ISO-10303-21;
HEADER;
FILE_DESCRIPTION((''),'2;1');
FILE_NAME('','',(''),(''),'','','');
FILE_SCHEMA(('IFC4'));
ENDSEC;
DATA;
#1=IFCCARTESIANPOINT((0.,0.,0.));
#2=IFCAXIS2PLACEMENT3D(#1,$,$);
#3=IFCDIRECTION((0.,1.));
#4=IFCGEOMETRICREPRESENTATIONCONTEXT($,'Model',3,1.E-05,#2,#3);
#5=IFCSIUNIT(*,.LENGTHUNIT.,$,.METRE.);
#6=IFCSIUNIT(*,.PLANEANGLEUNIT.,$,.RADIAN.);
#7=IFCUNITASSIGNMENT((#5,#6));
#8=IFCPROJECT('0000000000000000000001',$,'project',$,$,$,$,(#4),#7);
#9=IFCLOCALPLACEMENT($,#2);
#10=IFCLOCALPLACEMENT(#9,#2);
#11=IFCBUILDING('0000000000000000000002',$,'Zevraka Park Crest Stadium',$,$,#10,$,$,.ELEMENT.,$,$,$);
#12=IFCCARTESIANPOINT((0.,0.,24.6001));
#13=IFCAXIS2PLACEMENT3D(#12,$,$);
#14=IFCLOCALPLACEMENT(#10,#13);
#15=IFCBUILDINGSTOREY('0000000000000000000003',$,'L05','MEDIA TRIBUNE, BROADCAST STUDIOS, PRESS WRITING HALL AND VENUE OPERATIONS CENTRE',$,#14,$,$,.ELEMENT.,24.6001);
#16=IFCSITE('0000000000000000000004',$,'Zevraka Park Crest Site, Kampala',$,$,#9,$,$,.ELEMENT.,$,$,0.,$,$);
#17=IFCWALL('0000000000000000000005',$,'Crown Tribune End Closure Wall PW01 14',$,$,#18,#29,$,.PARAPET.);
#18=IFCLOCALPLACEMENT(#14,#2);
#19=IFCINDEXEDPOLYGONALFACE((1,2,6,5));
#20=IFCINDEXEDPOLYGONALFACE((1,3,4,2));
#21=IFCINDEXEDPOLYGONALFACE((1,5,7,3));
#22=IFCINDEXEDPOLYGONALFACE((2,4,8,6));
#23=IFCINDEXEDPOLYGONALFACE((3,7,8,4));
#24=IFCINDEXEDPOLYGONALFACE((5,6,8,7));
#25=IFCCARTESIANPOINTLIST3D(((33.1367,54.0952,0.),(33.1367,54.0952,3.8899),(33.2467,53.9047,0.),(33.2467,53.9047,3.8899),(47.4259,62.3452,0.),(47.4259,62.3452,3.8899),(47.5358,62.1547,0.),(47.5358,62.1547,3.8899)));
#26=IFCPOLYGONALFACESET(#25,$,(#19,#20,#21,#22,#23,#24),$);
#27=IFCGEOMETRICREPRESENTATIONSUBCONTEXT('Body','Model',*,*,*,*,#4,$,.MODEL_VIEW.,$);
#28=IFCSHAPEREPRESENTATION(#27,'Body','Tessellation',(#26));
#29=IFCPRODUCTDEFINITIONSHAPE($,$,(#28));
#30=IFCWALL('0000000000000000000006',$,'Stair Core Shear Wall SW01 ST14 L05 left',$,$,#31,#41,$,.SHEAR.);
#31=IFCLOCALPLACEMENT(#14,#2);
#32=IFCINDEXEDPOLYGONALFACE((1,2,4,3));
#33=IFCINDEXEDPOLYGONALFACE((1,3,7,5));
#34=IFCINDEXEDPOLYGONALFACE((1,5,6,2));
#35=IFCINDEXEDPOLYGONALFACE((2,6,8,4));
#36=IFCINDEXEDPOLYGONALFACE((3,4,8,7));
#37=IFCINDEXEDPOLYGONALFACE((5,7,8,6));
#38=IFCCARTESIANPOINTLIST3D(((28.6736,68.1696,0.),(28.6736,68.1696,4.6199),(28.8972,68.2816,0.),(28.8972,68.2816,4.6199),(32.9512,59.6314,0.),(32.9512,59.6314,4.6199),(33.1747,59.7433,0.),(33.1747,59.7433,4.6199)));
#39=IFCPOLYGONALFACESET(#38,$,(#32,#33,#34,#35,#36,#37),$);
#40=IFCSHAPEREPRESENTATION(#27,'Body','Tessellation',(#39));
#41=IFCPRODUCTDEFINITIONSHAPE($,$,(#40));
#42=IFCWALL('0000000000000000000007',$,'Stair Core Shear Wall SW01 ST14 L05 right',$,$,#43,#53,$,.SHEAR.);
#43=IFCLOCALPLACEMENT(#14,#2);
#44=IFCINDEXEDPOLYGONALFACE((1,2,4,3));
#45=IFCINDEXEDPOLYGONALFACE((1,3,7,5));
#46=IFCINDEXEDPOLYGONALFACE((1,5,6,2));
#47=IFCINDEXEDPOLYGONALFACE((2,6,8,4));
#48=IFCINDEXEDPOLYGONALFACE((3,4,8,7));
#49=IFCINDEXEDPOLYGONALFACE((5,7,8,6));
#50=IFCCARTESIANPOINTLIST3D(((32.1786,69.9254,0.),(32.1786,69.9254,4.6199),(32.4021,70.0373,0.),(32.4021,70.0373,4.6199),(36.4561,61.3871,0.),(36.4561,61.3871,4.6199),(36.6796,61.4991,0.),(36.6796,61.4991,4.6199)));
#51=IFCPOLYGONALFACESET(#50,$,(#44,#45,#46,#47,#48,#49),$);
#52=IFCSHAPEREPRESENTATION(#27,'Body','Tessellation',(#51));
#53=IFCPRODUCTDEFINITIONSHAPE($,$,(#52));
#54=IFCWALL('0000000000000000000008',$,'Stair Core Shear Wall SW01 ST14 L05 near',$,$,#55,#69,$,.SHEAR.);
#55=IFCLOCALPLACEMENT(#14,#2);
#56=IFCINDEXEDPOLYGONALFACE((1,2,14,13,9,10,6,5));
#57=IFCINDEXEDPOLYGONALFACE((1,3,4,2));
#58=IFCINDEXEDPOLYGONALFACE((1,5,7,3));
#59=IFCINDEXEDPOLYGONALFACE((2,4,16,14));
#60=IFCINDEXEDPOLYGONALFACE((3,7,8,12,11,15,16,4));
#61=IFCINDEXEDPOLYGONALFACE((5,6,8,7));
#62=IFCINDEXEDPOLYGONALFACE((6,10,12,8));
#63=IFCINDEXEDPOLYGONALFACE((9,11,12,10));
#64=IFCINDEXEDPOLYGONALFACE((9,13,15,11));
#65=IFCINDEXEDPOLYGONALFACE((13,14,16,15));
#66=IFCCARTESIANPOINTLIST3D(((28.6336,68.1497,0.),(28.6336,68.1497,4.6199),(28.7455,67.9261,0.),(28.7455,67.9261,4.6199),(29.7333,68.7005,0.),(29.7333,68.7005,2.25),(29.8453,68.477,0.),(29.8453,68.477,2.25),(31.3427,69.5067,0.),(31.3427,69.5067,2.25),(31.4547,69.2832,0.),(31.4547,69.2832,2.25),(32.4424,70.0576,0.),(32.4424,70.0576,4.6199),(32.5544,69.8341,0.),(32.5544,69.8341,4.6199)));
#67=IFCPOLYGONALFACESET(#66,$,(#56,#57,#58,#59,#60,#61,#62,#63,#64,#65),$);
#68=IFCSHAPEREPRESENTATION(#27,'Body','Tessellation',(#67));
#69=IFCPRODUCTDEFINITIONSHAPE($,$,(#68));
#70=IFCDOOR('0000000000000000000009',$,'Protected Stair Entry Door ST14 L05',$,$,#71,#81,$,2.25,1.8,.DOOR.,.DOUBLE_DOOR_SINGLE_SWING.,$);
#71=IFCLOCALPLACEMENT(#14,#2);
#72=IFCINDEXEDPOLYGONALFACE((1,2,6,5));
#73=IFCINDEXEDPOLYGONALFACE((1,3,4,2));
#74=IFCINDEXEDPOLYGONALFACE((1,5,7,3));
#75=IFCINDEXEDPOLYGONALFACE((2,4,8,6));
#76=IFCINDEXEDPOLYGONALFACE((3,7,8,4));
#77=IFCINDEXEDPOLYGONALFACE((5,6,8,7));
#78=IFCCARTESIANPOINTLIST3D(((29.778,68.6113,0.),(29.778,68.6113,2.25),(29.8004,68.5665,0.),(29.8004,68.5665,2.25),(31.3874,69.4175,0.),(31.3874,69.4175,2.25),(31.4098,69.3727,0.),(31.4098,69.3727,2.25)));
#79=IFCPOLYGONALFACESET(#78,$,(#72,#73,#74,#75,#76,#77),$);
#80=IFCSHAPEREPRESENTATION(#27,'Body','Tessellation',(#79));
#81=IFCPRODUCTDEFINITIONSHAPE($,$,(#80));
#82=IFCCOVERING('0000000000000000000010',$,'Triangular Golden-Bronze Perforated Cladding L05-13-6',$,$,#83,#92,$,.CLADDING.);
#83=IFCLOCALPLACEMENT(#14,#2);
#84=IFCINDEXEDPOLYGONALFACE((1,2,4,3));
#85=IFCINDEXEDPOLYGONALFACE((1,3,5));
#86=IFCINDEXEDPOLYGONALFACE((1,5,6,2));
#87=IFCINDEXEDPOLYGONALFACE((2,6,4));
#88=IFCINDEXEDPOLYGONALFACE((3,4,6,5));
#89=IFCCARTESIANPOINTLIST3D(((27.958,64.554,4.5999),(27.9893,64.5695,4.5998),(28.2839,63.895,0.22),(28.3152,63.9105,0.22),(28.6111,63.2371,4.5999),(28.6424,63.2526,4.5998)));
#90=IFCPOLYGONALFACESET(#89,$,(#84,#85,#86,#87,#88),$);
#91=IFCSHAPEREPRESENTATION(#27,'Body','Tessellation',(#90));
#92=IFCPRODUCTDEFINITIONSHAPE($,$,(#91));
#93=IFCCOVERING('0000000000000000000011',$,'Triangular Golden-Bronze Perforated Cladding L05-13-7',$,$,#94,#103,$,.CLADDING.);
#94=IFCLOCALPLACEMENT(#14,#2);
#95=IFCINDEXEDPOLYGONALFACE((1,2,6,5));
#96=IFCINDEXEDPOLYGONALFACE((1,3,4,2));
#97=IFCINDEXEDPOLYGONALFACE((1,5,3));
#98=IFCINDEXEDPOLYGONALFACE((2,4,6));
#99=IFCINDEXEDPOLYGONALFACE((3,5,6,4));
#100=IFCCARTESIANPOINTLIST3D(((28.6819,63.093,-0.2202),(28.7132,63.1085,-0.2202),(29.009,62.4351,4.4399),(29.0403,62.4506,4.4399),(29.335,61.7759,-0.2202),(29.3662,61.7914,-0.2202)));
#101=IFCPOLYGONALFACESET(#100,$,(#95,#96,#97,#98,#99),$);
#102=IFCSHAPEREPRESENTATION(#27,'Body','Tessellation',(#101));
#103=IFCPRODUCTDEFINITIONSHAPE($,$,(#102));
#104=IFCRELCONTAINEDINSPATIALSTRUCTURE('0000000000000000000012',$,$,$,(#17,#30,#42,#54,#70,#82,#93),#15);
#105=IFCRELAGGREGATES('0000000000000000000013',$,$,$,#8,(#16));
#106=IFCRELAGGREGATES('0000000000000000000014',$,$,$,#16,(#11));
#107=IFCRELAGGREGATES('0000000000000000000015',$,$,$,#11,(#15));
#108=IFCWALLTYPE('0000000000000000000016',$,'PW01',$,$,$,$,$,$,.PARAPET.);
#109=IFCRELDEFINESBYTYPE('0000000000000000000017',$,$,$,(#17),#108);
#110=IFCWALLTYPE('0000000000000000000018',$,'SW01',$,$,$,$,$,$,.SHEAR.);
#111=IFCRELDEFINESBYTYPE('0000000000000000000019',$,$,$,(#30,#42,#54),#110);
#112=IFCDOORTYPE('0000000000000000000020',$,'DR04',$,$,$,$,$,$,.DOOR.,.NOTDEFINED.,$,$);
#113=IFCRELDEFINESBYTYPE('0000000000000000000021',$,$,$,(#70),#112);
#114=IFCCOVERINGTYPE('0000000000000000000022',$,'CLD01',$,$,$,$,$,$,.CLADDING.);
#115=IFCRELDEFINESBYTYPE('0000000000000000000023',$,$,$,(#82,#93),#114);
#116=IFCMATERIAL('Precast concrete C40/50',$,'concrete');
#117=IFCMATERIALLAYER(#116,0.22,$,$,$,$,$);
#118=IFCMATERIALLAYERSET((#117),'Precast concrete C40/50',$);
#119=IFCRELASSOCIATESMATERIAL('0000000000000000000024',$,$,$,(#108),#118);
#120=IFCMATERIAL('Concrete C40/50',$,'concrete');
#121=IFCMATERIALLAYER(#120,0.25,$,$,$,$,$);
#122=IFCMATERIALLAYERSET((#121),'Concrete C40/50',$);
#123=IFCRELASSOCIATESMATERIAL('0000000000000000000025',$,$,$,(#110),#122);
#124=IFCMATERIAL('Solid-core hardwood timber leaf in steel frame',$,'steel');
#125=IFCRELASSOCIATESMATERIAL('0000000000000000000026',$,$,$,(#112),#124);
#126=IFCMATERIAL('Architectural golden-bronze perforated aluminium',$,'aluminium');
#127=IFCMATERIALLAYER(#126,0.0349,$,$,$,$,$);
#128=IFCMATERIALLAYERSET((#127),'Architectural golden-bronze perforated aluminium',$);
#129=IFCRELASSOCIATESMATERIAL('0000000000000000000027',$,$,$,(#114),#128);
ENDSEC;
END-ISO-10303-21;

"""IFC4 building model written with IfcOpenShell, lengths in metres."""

from ifc_helpers import new_model, si_unit, direction, frame, frame_2d, origin, place, context, subcontext, project, spatial, polyline, rectangle, outline, extrude, material, layer, layer_set, type_object, element, fill, save


model = new_model("IFC4")

# Units and contexts
model_context = context("Model", 3, precision=1e-05, world=origin(), true_north=direction((0.0, 1.0)))
body_context = subcontext(model_context, "Body", "Model", "MODEL_VIEW")
ifc_project = project(units=[si_unit("LENGTHUNIT", "METRE"), si_unit("PLANEANGLEUNIT", "RADIAN")], contexts=[model_context])

# Site, building, storey
site_placement = place(None, origin())
site = spatial("IfcSite", under=ifc_project, at=site_placement, Name="Zevraka Park Crest Site, Kampala", CompositionType="ELEMENT", RefElevation=0.0)
building_placement = place(site_placement, origin())
building = spatial("IfcBuilding", under=site, at=building_placement, Name="Zevraka Park Crest Stadium", CompositionType="ELEMENT")
storey_placement = place(building_placement, frame((0.0, 0.0, 24.6001)))
storey = spatial("IfcBuildingStorey", under=building, at=storey_placement, Name="L05", Description="MEDIA TRIBUNE, BROADCAST STUDIOS, PRESS WRITING HALL AND VENUE OPERATIONS CENTRE", CompositionType="ELEMENT", Elevation=24.6001)

# Walls
ifc_material_1 = material(Name="Precast concrete C40/50", Category="concrete")
ifc_layer_1 = layer(ifc_material_1, 0.22)
ifc_layer_set_1 = layer_set([ifc_layer_1], Name="Precast concrete C40/50")
wall_type_1 = type_object("IfcWallType", Name="PW01", PredefinedType="PARAPET", material=ifc_layer_set_1)
wall_1_placement = place(storey_placement, frame((47.481, 62.25, 0.0), z_axis=(0.0, 0.0, 1.0), x_axis=(-0.86602, -0.500009, 0.0)))
element("IfcWall", 1, at=wall_1_placement, inside=storey, type_object=wall_type_1, Name="Crown Tribune End Closure Wall PW01 14", PredefinedType="PARAPET", context=body_context, shape_type="SweptSolid", body=[
    extrude(rectangle(XDim=16.4998, YDim=0.22, at=frame_2d((8.25, 0.0))), origin(), (0.0, 0.0, 1.0), 3.8899),
])
ifc_material_2 = material(Name="Concrete C40/50", Category="concrete")
ifc_layer_2 = layer(ifc_material_2, 0.25)
ifc_layer_set_2 = layer_set([ifc_layer_2], Name="Concrete C40/50")
wall_type_2 = type_object("IfcWallType", Name="SW01", PredefinedType="SHEAR", material=ifc_layer_set_2)
for number, where, z_axis, x_axis, name in (
    (2, (28.7854, 68.2256, 0.0), (0.0, 0.0, 1.0), (0.447919, -0.894074, 0.0), "Stair Core Shear Wall SW01 ST14 L05 left"),
    (3, (36.5679, 61.4431, 0.0), (0.0, 0.0, 1.0), (-0.447919, 0.894074, 0.0), "Stair Core Shear Wall SW01 ST14 L05 right"),
):
    element("IfcWall", number, at=place(storey_placement, frame(where, z_axis=z_axis, x_axis=x_axis)), inside=storey, type_object=wall_type_2, Name=name, PredefinedType="SHEAR", context=body_context, shape_type="SweptSolid", body=[
        extrude(rectangle(XDim=9.5498, YDim=0.25, at=frame_2d((4.7749, 0.0))), origin(), (0.0, 0.0, 1.0), 4.6199),
    ])

# Wall, opening, door
wall_2_placement = place(storey_placement, frame((32.4983, 69.9458, 0.0), z_axis=(0.0, 0.0, 1.0), x_axis=(-0.894095, -0.447878, 0.0)))
wall_2 = element("IfcWall", 4, at=wall_2_placement, inside=storey, type_object=wall_type_2, Name="Stair Core Shear Wall SW01 ST14 L05 near", PredefinedType="SHEAR", context=body_context, shape_type="SweptSolid", body=[
    extrude(rectangle(XDim=4.26, YDim=0.25, at=frame_2d((2.1299, 0.0))), origin(), (0.0, 0.0, 1.0), 4.6199),
])
opening_1_placement = place(wall_2_placement, frame((1.23, 0.0, 0.0)))
opening_1 = element("IfcOpeningElement", 5, at=opening_1_placement, cuts=wall_2, PredefinedType="OPENING", context=body_context, shape_type="SweptSolid", body=[
    extrude(rectangle(XDim=1.8, YDim=2.25, at=frame_2d((0.8999, 1.125))), frame((0.0, 0.135, 0.0), z_axis=(0.0, -1.0, 0.0), x_axis=(1.0, 0.0, 0.0)), (0.0, 0.0, 1.0), 0.27),
])
ifc_material_3 = material(Name="Solid-core hardwood timber leaf in steel frame", Category="steel")
door_type_1 = type_object("IfcDoorType", Name="DR04", OperationType="NOTDEFINED", PredefinedType="DOOR", material=ifc_material_3)
door_1_placement = place(opening_1_placement, origin())
door_1 = element("IfcDoor", 6, at=door_1_placement, inside=storey, type_object=door_type_1, Name="Protected Stair Entry Door ST14 L05", OperationType="DOUBLE_DOOR_SINGLE_SWING", OverallHeight=2.25, OverallWidth=1.8, PredefinedType="DOOR", context=body_context, shape_type="SweptSolid", body=[
    extrude(rectangle(XDim=1.8, YDim=2.25, at=frame_2d((0.8999, 1.125))), frame((0.0, 0.0249, 0.0), z_axis=(0.0, -1.0, 0.0), x_axis=(1.0, 0.0, 0.0)), (0.0, 0.0, 1.0), 0.05),
])
fill(opening_1, door_1)

# Coverings
ifc_material_4 = material(Name="Architectural golden-bronze perforated aluminium", Category="aluminium")
ifc_layer_3 = layer(ifc_material_4, 0.0349)
ifc_layer_set_3 = layer_set([ifc_layer_3], Name="Architectural golden-bronze perforated aluminium")
covering_type = type_object("IfcCoveringType", Name="CLD01", PredefinedType="CLADDING", material=ifc_layer_set_3)
covering_1_placement = place(storey_placement, frame((28.6111, 63.2371, 4.5999), z_axis=(-0.895884, -0.444288, 0.000174), x_axis=(-0.444288, 0.895884, 0.0)))
element("IfcCovering", 7, at=covering_1_placement, inside=storey, type_object=covering_type, Name="Triangular Golden-Bronze Perforated Cladding L05-13-6", PredefinedType="CLADDING", context=body_context, shape_type="SweptSolid", body=[
    extrude(outline(polyline([(0.0, 0.0), (1.4699, 0.0), (0.7348, 4.3799), (0.0, 0.0)])), origin(), (0.0, 0.0, -1.0), 0.0349),
])
covering_2_placement = place(storey_placement, frame((28.6819, 63.093, -0.2202), z_axis=(-0.895917, -0.444222, 0.000176), x_axis=(0.444222, -0.895917, 0.0)))
element("IfcCovering", 8, at=covering_2_placement, inside=storey, type_object=covering_type, Name="Triangular Golden-Bronze Perforated Cladding L05-13-7", PredefinedType="CLADDING", context=body_context, shape_type="SweptSolid", body=[
    extrude(outline(polyline([(0.0, 0.0), (1.4702, 0.0), (0.7348, 4.6602), (0.0, 0.0)])), origin(), (0.0, 0.0, -1.0), 0.0349),
])

save(model, "model.ifc")
